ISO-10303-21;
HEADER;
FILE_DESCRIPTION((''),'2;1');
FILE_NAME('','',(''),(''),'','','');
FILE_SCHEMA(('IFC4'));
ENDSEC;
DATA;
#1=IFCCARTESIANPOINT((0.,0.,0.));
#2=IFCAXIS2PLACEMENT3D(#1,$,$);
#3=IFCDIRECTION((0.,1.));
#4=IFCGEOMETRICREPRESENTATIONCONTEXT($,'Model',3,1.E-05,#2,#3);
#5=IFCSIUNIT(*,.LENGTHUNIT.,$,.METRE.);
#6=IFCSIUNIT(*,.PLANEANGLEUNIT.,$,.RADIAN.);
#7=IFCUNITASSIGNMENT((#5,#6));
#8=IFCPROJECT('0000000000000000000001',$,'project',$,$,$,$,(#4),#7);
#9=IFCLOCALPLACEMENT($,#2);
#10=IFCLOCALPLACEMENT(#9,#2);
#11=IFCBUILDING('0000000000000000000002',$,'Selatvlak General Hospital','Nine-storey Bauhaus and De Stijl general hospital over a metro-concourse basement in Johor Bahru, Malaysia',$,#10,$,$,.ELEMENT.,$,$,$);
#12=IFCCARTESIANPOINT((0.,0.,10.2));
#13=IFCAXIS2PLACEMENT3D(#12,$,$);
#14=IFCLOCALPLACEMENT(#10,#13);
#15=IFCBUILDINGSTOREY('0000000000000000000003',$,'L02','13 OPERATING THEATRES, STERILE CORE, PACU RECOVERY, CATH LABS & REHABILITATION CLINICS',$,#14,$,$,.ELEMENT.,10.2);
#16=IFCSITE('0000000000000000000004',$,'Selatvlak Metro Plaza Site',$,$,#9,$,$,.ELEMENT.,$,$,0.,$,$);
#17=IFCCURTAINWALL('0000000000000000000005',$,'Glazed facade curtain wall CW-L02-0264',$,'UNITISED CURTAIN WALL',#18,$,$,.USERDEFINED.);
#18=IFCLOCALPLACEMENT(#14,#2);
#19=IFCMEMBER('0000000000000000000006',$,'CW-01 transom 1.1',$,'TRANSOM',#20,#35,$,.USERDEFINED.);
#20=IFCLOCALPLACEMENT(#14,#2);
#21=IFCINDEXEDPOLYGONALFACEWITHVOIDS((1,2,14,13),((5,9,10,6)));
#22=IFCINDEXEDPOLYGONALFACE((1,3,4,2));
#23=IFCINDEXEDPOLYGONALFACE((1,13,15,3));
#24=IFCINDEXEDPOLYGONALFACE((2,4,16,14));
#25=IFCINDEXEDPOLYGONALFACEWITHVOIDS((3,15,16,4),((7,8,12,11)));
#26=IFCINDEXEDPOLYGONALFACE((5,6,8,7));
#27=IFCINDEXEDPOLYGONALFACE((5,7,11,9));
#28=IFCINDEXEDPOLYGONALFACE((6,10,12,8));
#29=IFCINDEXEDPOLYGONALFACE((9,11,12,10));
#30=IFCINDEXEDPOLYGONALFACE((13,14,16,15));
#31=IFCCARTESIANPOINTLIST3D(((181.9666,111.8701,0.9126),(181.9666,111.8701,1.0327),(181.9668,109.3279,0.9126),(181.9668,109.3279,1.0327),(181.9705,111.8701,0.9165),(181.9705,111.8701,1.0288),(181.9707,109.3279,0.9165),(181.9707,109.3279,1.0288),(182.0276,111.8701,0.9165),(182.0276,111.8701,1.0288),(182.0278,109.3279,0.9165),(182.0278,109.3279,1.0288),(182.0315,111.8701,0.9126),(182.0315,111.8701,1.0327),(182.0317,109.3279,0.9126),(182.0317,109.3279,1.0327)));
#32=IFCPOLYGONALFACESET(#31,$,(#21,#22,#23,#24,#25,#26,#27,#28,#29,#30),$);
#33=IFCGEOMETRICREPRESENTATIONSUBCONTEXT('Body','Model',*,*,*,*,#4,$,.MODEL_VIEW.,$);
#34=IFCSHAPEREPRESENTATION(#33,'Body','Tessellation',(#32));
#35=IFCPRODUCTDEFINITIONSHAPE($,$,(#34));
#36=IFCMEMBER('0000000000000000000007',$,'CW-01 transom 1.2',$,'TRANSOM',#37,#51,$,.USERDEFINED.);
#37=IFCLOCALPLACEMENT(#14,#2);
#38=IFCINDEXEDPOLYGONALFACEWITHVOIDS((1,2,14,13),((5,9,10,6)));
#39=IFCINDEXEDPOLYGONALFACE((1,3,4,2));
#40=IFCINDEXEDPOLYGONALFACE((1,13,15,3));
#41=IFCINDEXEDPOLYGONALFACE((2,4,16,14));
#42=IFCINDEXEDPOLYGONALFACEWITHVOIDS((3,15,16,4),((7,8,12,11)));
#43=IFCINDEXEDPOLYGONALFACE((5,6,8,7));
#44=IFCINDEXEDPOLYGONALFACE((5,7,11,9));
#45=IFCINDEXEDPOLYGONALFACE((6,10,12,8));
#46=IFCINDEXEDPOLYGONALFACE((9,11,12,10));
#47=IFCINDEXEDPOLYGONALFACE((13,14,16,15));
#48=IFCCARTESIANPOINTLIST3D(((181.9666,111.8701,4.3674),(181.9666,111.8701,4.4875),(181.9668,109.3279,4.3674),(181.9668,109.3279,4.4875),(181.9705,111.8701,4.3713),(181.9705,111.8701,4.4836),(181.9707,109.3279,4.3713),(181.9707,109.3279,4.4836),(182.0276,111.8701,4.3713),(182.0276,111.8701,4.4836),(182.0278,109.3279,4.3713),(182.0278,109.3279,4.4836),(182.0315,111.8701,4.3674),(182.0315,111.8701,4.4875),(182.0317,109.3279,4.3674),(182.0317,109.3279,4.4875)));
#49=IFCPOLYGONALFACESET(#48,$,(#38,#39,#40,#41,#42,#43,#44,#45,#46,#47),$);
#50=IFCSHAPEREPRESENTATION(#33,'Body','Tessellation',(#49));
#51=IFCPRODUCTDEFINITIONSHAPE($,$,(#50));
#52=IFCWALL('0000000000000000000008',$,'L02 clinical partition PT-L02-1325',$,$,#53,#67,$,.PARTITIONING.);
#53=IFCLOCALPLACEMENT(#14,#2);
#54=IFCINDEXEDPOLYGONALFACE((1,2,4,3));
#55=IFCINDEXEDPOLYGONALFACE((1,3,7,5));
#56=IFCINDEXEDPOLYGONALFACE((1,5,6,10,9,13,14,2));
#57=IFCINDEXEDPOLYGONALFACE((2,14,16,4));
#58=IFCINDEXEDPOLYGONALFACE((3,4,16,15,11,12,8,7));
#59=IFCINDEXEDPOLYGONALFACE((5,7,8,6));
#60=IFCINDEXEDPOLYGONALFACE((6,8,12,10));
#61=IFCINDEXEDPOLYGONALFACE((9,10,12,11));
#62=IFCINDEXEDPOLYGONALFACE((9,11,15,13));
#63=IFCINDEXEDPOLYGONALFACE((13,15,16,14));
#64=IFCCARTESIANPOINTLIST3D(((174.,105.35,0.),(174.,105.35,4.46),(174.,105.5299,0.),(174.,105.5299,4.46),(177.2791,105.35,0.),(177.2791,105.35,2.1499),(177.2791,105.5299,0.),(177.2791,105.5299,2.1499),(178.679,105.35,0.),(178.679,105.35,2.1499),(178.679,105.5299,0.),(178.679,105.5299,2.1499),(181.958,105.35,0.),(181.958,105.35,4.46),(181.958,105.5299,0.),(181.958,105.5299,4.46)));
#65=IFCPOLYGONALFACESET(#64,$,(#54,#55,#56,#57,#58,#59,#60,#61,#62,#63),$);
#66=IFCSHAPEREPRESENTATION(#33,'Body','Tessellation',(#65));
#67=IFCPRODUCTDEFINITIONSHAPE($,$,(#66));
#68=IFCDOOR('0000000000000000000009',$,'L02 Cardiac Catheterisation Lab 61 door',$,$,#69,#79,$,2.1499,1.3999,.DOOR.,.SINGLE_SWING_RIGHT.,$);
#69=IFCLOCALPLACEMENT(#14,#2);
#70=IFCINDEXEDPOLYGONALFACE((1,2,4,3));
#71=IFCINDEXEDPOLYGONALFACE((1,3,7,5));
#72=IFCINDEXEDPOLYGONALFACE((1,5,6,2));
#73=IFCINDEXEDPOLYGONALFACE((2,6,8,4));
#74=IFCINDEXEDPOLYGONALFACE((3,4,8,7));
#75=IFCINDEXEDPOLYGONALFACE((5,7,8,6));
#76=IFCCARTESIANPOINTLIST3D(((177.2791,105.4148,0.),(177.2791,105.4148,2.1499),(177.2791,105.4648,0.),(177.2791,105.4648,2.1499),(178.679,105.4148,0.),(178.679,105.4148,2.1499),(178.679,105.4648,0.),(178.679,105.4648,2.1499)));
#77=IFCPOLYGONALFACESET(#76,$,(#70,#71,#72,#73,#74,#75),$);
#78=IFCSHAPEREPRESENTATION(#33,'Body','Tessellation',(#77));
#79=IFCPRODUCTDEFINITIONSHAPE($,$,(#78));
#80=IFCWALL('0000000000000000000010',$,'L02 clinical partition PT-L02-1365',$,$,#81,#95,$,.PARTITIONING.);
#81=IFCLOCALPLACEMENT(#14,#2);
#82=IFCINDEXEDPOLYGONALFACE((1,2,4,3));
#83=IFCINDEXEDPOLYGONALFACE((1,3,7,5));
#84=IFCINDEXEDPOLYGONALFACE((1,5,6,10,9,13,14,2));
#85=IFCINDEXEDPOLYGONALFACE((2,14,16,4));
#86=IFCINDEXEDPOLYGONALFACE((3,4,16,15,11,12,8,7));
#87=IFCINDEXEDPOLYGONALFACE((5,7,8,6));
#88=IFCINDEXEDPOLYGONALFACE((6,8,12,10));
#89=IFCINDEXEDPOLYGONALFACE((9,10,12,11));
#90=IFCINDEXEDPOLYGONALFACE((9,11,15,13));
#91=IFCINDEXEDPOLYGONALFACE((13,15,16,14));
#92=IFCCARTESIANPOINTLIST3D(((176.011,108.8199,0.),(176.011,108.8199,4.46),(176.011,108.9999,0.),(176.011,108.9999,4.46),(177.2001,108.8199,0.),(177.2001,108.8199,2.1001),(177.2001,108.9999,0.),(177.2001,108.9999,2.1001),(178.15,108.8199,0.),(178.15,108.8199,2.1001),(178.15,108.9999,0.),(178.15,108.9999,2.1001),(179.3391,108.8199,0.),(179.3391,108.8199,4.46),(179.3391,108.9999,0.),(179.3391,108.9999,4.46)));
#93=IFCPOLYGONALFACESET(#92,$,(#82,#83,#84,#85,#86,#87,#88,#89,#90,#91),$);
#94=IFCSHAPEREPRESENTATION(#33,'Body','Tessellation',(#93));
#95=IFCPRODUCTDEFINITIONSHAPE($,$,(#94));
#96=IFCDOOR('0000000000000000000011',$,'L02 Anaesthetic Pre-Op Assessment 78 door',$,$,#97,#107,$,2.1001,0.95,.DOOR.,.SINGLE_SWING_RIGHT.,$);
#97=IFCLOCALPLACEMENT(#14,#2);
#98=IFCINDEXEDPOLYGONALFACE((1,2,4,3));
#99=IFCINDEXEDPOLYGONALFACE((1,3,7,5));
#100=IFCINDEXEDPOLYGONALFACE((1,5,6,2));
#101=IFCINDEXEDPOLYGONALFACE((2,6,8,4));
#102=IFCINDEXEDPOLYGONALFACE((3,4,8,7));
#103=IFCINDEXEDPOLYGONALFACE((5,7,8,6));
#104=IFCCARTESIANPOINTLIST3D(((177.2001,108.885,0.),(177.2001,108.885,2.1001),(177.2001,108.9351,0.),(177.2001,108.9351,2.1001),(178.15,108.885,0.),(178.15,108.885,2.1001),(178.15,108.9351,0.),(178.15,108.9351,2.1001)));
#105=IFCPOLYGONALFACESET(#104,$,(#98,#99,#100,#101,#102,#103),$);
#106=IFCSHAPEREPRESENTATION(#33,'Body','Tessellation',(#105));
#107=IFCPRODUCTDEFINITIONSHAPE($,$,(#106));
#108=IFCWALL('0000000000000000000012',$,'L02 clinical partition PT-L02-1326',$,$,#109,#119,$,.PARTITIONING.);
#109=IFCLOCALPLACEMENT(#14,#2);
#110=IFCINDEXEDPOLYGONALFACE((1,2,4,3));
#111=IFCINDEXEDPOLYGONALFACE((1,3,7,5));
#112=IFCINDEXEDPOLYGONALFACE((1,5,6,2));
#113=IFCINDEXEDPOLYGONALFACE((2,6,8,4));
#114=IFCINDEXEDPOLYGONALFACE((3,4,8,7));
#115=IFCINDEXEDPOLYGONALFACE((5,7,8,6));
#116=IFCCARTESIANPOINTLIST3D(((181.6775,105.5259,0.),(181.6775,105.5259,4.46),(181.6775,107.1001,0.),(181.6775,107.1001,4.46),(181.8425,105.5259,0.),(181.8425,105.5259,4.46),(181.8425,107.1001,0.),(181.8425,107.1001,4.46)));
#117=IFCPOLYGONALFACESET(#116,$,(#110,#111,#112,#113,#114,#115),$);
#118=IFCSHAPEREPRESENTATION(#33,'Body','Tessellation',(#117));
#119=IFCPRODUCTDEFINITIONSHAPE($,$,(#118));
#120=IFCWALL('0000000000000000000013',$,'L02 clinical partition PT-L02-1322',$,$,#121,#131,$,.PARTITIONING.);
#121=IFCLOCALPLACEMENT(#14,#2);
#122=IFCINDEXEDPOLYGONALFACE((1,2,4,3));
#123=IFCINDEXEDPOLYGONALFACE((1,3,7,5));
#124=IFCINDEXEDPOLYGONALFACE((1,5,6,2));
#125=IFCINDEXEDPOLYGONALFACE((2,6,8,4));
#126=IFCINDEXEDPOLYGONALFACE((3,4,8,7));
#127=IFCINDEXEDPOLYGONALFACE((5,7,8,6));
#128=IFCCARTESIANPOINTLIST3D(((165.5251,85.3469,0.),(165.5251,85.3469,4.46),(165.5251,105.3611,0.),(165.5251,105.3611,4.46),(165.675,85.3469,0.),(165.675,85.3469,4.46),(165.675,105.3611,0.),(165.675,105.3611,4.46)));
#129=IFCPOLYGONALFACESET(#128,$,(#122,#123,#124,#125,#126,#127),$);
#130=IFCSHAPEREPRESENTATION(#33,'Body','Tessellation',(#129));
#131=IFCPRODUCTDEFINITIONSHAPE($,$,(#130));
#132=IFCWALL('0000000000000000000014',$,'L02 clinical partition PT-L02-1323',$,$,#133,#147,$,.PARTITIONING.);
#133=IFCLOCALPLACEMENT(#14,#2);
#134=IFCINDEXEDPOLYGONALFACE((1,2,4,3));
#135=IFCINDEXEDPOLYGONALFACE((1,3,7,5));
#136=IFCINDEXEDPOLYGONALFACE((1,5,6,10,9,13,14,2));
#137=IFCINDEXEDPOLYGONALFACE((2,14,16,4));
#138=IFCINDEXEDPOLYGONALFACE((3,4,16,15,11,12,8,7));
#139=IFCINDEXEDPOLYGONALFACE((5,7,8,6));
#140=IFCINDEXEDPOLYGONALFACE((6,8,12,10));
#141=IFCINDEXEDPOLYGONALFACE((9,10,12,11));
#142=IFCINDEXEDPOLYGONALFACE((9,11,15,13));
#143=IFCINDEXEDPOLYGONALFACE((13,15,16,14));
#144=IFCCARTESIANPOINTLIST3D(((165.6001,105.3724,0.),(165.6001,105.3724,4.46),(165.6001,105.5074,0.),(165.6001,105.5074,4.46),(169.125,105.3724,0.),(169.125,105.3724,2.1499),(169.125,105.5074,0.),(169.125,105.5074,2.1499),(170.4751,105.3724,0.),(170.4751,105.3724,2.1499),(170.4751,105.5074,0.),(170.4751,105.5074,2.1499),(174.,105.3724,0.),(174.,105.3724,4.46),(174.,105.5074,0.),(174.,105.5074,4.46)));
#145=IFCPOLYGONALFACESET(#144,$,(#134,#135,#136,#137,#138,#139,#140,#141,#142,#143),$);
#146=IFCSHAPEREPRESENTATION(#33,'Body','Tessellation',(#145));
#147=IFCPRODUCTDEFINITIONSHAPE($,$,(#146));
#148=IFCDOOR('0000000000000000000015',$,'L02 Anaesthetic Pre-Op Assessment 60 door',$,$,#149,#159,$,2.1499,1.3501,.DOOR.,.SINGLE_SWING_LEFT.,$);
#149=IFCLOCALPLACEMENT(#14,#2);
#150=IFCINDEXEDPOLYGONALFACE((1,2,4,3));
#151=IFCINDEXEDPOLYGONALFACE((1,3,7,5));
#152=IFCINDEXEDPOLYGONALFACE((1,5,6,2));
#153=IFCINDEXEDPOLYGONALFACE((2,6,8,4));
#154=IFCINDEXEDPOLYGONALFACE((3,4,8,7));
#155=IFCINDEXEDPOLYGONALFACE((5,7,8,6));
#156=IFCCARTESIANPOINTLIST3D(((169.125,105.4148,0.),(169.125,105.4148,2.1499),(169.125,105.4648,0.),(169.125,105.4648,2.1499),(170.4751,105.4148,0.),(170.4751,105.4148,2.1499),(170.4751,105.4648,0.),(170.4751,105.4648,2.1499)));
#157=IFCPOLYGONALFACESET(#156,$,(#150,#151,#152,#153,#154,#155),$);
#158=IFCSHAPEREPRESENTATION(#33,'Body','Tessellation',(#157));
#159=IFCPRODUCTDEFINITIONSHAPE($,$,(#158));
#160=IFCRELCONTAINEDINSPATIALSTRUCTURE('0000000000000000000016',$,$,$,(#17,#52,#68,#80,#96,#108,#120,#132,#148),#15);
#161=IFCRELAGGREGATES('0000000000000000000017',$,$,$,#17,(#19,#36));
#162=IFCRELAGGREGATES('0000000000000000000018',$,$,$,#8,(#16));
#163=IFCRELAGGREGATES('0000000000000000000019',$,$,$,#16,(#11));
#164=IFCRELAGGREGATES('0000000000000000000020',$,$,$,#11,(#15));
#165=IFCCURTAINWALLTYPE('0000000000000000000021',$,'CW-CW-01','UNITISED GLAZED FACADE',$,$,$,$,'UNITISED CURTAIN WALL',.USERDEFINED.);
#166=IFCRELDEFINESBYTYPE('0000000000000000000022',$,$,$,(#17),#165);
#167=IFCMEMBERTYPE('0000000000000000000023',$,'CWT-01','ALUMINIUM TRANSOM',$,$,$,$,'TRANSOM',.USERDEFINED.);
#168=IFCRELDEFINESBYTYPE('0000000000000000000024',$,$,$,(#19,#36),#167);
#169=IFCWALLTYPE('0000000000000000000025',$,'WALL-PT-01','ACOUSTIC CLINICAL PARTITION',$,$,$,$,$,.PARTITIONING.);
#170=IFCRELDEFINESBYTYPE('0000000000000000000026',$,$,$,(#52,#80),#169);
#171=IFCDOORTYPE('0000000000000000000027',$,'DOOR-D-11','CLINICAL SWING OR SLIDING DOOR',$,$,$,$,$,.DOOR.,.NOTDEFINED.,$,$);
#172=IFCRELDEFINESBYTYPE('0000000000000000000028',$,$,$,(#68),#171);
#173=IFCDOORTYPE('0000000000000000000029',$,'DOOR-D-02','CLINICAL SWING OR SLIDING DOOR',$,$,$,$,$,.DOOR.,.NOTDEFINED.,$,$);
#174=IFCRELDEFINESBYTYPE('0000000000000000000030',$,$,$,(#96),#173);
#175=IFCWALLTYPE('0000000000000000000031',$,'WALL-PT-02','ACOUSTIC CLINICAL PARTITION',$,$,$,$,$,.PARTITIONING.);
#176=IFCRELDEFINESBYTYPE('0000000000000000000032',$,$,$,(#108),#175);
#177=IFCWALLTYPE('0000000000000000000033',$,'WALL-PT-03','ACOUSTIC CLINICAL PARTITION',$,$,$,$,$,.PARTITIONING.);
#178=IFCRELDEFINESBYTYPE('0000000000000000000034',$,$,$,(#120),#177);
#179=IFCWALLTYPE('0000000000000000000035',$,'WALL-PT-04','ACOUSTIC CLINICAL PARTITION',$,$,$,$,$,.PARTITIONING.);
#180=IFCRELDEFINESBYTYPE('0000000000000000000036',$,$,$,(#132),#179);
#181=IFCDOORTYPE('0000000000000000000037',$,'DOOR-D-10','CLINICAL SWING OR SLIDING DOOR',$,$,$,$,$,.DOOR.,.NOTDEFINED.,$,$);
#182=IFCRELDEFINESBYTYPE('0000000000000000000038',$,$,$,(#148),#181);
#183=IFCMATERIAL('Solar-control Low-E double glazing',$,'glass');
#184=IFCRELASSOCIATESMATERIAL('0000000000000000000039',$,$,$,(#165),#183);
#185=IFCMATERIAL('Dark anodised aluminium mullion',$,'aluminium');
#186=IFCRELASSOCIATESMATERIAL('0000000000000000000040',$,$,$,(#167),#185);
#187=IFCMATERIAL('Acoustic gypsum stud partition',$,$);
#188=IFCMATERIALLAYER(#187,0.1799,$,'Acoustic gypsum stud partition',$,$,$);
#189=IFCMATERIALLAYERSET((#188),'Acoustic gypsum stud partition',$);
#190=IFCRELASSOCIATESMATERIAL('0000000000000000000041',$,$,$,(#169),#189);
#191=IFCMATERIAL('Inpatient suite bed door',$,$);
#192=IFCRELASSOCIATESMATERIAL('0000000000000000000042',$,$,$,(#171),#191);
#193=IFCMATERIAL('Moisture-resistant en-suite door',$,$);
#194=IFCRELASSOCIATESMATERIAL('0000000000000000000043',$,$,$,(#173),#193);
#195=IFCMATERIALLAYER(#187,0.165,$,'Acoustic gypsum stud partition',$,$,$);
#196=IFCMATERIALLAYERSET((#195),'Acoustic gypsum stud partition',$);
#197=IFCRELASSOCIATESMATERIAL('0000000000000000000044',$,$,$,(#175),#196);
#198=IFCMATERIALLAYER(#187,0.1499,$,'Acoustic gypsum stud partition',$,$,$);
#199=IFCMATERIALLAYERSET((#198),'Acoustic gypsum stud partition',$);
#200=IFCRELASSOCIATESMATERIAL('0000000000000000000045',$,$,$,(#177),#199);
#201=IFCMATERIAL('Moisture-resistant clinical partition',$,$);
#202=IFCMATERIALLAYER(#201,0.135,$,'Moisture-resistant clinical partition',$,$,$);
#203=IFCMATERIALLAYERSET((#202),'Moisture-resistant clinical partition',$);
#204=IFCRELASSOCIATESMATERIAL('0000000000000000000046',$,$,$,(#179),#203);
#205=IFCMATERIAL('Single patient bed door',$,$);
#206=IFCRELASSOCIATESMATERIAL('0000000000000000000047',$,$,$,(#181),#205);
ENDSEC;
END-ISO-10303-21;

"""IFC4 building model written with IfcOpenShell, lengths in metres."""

from ifc_helpers import new_model, si_unit, direction, frame, frame_2d, origin, origin_2d, place, context, subcontext, project, spatial, rectangle, hollow_rectangle, extrude, material, layer, layer_set, material_profile, profile_set, type_object, element, fill, aggregate, save


model = new_model("IFC4")

# Units and contexts
model_context = context("Model", 3, precision=1e-05, world=origin(), true_north=direction((0.0, 1.0)))
body_context = subcontext(model_context, "Body", "Model", "MODEL_VIEW")
ifc_project = project(units=[si_unit("LENGTHUNIT", "METRE"), si_unit("PLANEANGLEUNIT", "RADIAN")], contexts=[model_context])

# Site, building, storey
site_placement = place(None, origin())
site = spatial("IfcSite", under=ifc_project, at=site_placement, Name="Selatvlak Metro Plaza Site", CompositionType="ELEMENT", RefElevation=0.0)
building_placement = place(site_placement, origin())
building = spatial("IfcBuilding", under=site, at=building_placement, Name="Selatvlak General Hospital", Description="Nine-storey Bauhaus and De Stijl general hospital over a metro-concourse basement in Johor Bahru, Malaysia", CompositionType="ELEMENT")
storey_placement = place(building_placement, frame((0.0, 0.0, 10.2)))
storey = spatial("IfcBuildingStorey", under=building, at=storey_placement, Name="L02", Description="13 OPERATING THEATRES, STERILE CORE, PACU RECOVERY, CATH LABS & REHABILITATION CLINICS", CompositionType="ELEMENT", Elevation=10.2)

# Curtain wall, members
ifc_material_1 = material(Name="Solar-control Low-E double glazing", Category="glass")
curtain_wall_type = type_object("IfcCurtainWallType", Name="CW-CW-01", Description="UNITISED GLAZED FACADE", ElementType="UNITISED CURTAIN WALL", PredefinedType="USERDEFINED", material=ifc_material_1)
curtain_wall_placement = place(storey_placement, origin())
curtain_wall = element("IfcCurtainWall", 1, at=curtain_wall_placement, inside=storey, type_object=curtain_wall_type, Name="Glazed facade curtain wall CW-L02-0264", ObjectType="UNITISED CURTAIN WALL", PredefinedType="USERDEFINED")
ifc_material_2 = material(Name="Dark anodised aluminium mullion", Category="aluminium")
ifc_material_profile_1 = material_profile(ifc_material_2, hollow_rectangle(XDim=0.0649, YDim=0.1201, WallThickness=0.0039, at=origin_2d()), Name="AL-TRN 65x120x4")
ifc_profile_set_1 = profile_set([ifc_material_profile_1], Name="Dark anodised aluminium mullion")
member_type = type_object("IfcMemberType", Name="CWT-01", Description="ALUMINIUM TRANSOM", ElementType="TRANSOM", PredefinedType="USERDEFINED", material=ifc_profile_set_1)
member_1_placement = place(storey_placement, frame((181.999, 111.8701, 0.9727), z_axis=(0.000096, -1.0, 0.0), x_axis=(1.0, 0.000096, 0.0)))
member_1 = element("IfcMember", 2, at=member_1_placement, type_object=member_type, Name="CW-01 transom 1.1", ObjectType="TRANSOM", PredefinedType="USERDEFINED", context=body_context, shape_type="SweptSolid", body=[
    extrude(hollow_rectangle(XDim=0.0649, YDim=0.1201, WallThickness=0.0039, at=origin_2d()), origin(), (0.0, 0.0, 1.0), 2.5422),
])
member_2_placement = place(storey_placement, frame((181.999, 111.8701, 4.4275), z_axis=(0.000096, -1.0, 0.0), x_axis=(1.0, 0.000096, 0.0)))
member_2 = element("IfcMember", 3, at=member_2_placement, type_object=member_type, Name="CW-01 transom 1.2", ObjectType="TRANSOM", PredefinedType="USERDEFINED", context=body_context, shape_type="SweptSolid", body=[
    extrude(hollow_rectangle(XDim=0.0649, YDim=0.1201, WallThickness=0.0039, at=origin_2d()), origin(), (0.0, 0.0, 1.0), 2.5422),
])
aggregate(curtain_wall, [member_1, member_2])

# Walls, openings, doors
ifc_material_3 = material(Name="Acoustic gypsum stud partition")
ifc_layer_1 = layer(ifc_material_3, 0.1799, Name="Acoustic gypsum stud partition")
ifc_layer_set_1 = layer_set([ifc_layer_1], Name="Acoustic gypsum stud partition")
wall_type_1 = type_object("IfcWallType", Name="WALL-PT-01", Description="ACOUSTIC CLINICAL PARTITION", PredefinedType="PARTITIONING", material=ifc_layer_set_1)
wall_1_placement = place(storey_placement, frame((174.0, 105.4399, 0.0), z_axis=(0.0, 0.0, 1.0), x_axis=(1.0, 0.0, 0.0)))
wall_1 = element("IfcWall", 4, at=wall_1_placement, inside=storey, type_object=wall_type_1, Name="L02 clinical partition PT-L02-1325", PredefinedType="PARTITIONING", context=body_context, shape_type="SweptSolid", body=[
    extrude(rectangle(XDim=7.958, YDim=0.1799, at=frame_2d((3.979, 0.0))), origin(), (0.0, 0.0, 1.0), 4.46),
])
opening_1_placement = place(wall_1_placement, frame((3.2791, 0.0, 0.0)))
opening_1 = element("IfcOpeningElement", 5, at=opening_1_placement, cuts=wall_1, PredefinedType="OPENING", context=body_context, shape_type="SweptSolid", body=[
    extrude(rectangle(XDim=1.3999, YDim=2.1499, at=frame_2d((0.7, 1.075))), frame((0.0, 0.0999, 0.0), z_axis=(0.0, -1.0, 0.0), x_axis=(1.0, 0.0, 0.0)), (0.0, 0.0, 1.0), 0.2),
])
ifc_material_4 = material(Name="Inpatient suite bed door")
door_type_1 = type_object("IfcDoorType", Name="DOOR-D-11", Description="CLINICAL SWING OR SLIDING DOOR", OperationType="NOTDEFINED", PredefinedType="DOOR", material=ifc_material_4)
door_1_placement = place(opening_1_placement, origin())
door_1 = element("IfcDoor", 6, at=door_1_placement, inside=storey, type_object=door_type_1, Name="L02 Cardiac Catheterisation Lab 61 door", OperationType="SINGLE_SWING_RIGHT", OverallHeight=2.1499, OverallWidth=1.3999, PredefinedType="DOOR", context=body_context, shape_type="SweptSolid", body=[
    extrude(rectangle(XDim=1.3999, YDim=2.1499, at=frame_2d((0.7, 1.075))), frame((0.0, 0.0249, 0.0), z_axis=(0.0, -1.0, 0.0), x_axis=(1.0, 0.0, 0.0)), (0.0, 0.0, 1.0), 0.05),
])
fill(opening_1, door_1)
wall_2_placement = place(storey_placement, frame((179.3391, 108.9099, 0.0), z_axis=(0.0, 0.0, 1.0), x_axis=(-1.0, 0.0, 0.0)))
wall_2 = element("IfcWall", 7, at=wall_2_placement, inside=storey, type_object=wall_type_1, Name="L02 clinical partition PT-L02-1365", PredefinedType="PARTITIONING", context=body_context, shape_type="SweptSolid", body=[
    extrude(rectangle(XDim=3.3281, YDim=0.1799, at=frame_2d((1.6641, 0.0))), origin(), (0.0, 0.0, 1.0), 4.46),
])
opening_2_placement = place(wall_2_placement, frame((1.189, 0.0, 0.0)))
opening_2 = element("IfcOpeningElement", 8, at=opening_2_placement, cuts=wall_2, PredefinedType="OPENING", context=body_context, shape_type="SweptSolid", body=[
    extrude(rectangle(XDim=0.95, YDim=2.1001, at=frame_2d((0.4751, 1.05))), frame((0.0, 0.0999, 0.0), z_axis=(0.0, -1.0, 0.0), x_axis=(1.0, 0.0, 0.0)), (0.0, 0.0, 1.0), 0.2),
])
ifc_material_5 = material(Name="Moisture-resistant en-suite door")
door_type_2 = type_object("IfcDoorType", Name="DOOR-D-02", Description="CLINICAL SWING OR SLIDING DOOR", OperationType="NOTDEFINED", PredefinedType="DOOR", material=ifc_material_5)
door_2_placement = place(opening_2_placement, origin())
door_2 = element("IfcDoor", 9, at=door_2_placement, inside=storey, type_object=door_type_2, Name="L02 Anaesthetic Pre-Op Assessment 78 door", OperationType="SINGLE_SWING_RIGHT", OverallHeight=2.1001, OverallWidth=0.95, PredefinedType="DOOR", context=body_context, shape_type="SweptSolid", body=[
    extrude(rectangle(XDim=0.95, YDim=2.1001, at=frame_2d((0.4751, 1.05))), frame((0.0, 0.0249, 0.0), z_axis=(0.0, -1.0, 0.0), x_axis=(1.0, 0.0, 0.0)), (0.0, 0.0, 1.0), 0.05),
])
fill(opening_2, door_2)

# Walls
ifc_layer_2 = layer(ifc_material_3, 0.165, Name="Acoustic gypsum stud partition")
ifc_layer_set_2 = layer_set([ifc_layer_2], Name="Acoustic gypsum stud partition")
wall_type_2 = type_object("IfcWallType", Name="WALL-PT-02", Description="ACOUSTIC CLINICAL PARTITION", PredefinedType="PARTITIONING", material=ifc_layer_set_2)
wall_3_placement = place(storey_placement, frame((181.76, 105.5259, 0.0), z_axis=(0.0, 0.0, 1.0), x_axis=(0.0, 1.0, 0.0)))
element("IfcWall", 10, at=wall_3_placement, inside=storey, type_object=wall_type_2, Name="L02 clinical partition PT-L02-1326", PredefinedType="PARTITIONING", context=body_context, shape_type="SweptSolid", body=[
    extrude(rectangle(XDim=1.5742, YDim=0.165, at=frame_2d((0.7871, 0.0))), origin(), (0.0, 0.0, 1.0), 4.46),
])
ifc_layer_3 = layer(ifc_material_3, 0.1499, Name="Acoustic gypsum stud partition")
ifc_layer_set_3 = layer_set([ifc_layer_3], Name="Acoustic gypsum stud partition")
wall_type_3 = type_object("IfcWallType", Name="WALL-PT-03", Description="ACOUSTIC CLINICAL PARTITION", PredefinedType="PARTITIONING", material=ifc_layer_set_3)
wall_4_placement = place(storey_placement, frame((165.6001, 105.3611, 0.0), z_axis=(0.0, 0.0, 1.0), x_axis=(0.0, -1.0, 0.0)))
element("IfcWall", 11, at=wall_4_placement, inside=storey, type_object=wall_type_3, Name="L02 clinical partition PT-L02-1322", PredefinedType="PARTITIONING", context=body_context, shape_type="SweptSolid", body=[
    extrude(rectangle(XDim=20.0142, YDim=0.1499, at=frame_2d((10.0071, 0.0))), origin(), (0.0, 0.0, 1.0), 4.46),
])

# Wall, opening, door
ifc_material_6 = material(Name="Moisture-resistant clinical partition")
ifc_layer_4 = layer(ifc_material_6, 0.135, Name="Moisture-resistant clinical partition")
ifc_layer_set_4 = layer_set([ifc_layer_4], Name="Moisture-resistant clinical partition")
wall_type_4 = type_object("IfcWallType", Name="WALL-PT-04", Description="ACOUSTIC CLINICAL PARTITION", PredefinedType="PARTITIONING", material=ifc_layer_set_4)
wall_5_placement = place(storey_placement, frame((165.6001, 105.4399, 0.0), z_axis=(0.0, 0.0, 1.0), x_axis=(1.0, 0.0, 0.0)))
wall_5 = element("IfcWall", 12, at=wall_5_placement, inside=storey, type_object=wall_type_4, Name="L02 clinical partition PT-L02-1323", PredefinedType="PARTITIONING", context=body_context, shape_type="SweptSolid", body=[
    extrude(rectangle(XDim=8.3999, YDim=0.135, at=frame_2d((4.2, 0.0))), origin(), (0.0, 0.0, 1.0), 4.46),
])
opening_3_placement = place(wall_5_placement, frame((3.5249, 0.0, 0.0)))
opening_3 = element("IfcOpeningElement", 13, at=opening_3_placement, cuts=wall_5, PredefinedType="OPENING", context=body_context, shape_type="SweptSolid", body=[
    extrude(rectangle(XDim=1.3501, YDim=2.1499, at=frame_2d((0.675, 1.075))), frame((0.0, 0.0774, 0.0), z_axis=(0.0, -1.0, 0.0), x_axis=(1.0, 0.0, 0.0)), (0.0, 0.0, 1.0), 0.155),
])
ifc_material_7 = material(Name="Single patient bed door")
door_type_3 = type_object("IfcDoorType", Name="DOOR-D-10", Description="CLINICAL SWING OR SLIDING DOOR", OperationType="NOTDEFINED", PredefinedType="DOOR", material=ifc_material_7)
door_3_placement = place(opening_3_placement, origin())
door_3 = element("IfcDoor", 14, at=door_3_placement, inside=storey, type_object=door_type_3, Name="L02 Anaesthetic Pre-Op Assessment 60 door", OperationType="SINGLE_SWING_LEFT", OverallHeight=2.1499, OverallWidth=1.3501, PredefinedType="DOOR", context=body_context, shape_type="SweptSolid", body=[
    extrude(rectangle(XDim=1.3501, YDim=2.1499, at=frame_2d((0.675, 1.075))), frame((0.0, 0.0249, 0.0), z_axis=(0.0, -1.0, 0.0), x_axis=(1.0, 0.0, 0.0)), (0.0, 0.0, 1.0), 0.05),
])
fill(opening_3, door_3)

save(model, "model.ifc")
